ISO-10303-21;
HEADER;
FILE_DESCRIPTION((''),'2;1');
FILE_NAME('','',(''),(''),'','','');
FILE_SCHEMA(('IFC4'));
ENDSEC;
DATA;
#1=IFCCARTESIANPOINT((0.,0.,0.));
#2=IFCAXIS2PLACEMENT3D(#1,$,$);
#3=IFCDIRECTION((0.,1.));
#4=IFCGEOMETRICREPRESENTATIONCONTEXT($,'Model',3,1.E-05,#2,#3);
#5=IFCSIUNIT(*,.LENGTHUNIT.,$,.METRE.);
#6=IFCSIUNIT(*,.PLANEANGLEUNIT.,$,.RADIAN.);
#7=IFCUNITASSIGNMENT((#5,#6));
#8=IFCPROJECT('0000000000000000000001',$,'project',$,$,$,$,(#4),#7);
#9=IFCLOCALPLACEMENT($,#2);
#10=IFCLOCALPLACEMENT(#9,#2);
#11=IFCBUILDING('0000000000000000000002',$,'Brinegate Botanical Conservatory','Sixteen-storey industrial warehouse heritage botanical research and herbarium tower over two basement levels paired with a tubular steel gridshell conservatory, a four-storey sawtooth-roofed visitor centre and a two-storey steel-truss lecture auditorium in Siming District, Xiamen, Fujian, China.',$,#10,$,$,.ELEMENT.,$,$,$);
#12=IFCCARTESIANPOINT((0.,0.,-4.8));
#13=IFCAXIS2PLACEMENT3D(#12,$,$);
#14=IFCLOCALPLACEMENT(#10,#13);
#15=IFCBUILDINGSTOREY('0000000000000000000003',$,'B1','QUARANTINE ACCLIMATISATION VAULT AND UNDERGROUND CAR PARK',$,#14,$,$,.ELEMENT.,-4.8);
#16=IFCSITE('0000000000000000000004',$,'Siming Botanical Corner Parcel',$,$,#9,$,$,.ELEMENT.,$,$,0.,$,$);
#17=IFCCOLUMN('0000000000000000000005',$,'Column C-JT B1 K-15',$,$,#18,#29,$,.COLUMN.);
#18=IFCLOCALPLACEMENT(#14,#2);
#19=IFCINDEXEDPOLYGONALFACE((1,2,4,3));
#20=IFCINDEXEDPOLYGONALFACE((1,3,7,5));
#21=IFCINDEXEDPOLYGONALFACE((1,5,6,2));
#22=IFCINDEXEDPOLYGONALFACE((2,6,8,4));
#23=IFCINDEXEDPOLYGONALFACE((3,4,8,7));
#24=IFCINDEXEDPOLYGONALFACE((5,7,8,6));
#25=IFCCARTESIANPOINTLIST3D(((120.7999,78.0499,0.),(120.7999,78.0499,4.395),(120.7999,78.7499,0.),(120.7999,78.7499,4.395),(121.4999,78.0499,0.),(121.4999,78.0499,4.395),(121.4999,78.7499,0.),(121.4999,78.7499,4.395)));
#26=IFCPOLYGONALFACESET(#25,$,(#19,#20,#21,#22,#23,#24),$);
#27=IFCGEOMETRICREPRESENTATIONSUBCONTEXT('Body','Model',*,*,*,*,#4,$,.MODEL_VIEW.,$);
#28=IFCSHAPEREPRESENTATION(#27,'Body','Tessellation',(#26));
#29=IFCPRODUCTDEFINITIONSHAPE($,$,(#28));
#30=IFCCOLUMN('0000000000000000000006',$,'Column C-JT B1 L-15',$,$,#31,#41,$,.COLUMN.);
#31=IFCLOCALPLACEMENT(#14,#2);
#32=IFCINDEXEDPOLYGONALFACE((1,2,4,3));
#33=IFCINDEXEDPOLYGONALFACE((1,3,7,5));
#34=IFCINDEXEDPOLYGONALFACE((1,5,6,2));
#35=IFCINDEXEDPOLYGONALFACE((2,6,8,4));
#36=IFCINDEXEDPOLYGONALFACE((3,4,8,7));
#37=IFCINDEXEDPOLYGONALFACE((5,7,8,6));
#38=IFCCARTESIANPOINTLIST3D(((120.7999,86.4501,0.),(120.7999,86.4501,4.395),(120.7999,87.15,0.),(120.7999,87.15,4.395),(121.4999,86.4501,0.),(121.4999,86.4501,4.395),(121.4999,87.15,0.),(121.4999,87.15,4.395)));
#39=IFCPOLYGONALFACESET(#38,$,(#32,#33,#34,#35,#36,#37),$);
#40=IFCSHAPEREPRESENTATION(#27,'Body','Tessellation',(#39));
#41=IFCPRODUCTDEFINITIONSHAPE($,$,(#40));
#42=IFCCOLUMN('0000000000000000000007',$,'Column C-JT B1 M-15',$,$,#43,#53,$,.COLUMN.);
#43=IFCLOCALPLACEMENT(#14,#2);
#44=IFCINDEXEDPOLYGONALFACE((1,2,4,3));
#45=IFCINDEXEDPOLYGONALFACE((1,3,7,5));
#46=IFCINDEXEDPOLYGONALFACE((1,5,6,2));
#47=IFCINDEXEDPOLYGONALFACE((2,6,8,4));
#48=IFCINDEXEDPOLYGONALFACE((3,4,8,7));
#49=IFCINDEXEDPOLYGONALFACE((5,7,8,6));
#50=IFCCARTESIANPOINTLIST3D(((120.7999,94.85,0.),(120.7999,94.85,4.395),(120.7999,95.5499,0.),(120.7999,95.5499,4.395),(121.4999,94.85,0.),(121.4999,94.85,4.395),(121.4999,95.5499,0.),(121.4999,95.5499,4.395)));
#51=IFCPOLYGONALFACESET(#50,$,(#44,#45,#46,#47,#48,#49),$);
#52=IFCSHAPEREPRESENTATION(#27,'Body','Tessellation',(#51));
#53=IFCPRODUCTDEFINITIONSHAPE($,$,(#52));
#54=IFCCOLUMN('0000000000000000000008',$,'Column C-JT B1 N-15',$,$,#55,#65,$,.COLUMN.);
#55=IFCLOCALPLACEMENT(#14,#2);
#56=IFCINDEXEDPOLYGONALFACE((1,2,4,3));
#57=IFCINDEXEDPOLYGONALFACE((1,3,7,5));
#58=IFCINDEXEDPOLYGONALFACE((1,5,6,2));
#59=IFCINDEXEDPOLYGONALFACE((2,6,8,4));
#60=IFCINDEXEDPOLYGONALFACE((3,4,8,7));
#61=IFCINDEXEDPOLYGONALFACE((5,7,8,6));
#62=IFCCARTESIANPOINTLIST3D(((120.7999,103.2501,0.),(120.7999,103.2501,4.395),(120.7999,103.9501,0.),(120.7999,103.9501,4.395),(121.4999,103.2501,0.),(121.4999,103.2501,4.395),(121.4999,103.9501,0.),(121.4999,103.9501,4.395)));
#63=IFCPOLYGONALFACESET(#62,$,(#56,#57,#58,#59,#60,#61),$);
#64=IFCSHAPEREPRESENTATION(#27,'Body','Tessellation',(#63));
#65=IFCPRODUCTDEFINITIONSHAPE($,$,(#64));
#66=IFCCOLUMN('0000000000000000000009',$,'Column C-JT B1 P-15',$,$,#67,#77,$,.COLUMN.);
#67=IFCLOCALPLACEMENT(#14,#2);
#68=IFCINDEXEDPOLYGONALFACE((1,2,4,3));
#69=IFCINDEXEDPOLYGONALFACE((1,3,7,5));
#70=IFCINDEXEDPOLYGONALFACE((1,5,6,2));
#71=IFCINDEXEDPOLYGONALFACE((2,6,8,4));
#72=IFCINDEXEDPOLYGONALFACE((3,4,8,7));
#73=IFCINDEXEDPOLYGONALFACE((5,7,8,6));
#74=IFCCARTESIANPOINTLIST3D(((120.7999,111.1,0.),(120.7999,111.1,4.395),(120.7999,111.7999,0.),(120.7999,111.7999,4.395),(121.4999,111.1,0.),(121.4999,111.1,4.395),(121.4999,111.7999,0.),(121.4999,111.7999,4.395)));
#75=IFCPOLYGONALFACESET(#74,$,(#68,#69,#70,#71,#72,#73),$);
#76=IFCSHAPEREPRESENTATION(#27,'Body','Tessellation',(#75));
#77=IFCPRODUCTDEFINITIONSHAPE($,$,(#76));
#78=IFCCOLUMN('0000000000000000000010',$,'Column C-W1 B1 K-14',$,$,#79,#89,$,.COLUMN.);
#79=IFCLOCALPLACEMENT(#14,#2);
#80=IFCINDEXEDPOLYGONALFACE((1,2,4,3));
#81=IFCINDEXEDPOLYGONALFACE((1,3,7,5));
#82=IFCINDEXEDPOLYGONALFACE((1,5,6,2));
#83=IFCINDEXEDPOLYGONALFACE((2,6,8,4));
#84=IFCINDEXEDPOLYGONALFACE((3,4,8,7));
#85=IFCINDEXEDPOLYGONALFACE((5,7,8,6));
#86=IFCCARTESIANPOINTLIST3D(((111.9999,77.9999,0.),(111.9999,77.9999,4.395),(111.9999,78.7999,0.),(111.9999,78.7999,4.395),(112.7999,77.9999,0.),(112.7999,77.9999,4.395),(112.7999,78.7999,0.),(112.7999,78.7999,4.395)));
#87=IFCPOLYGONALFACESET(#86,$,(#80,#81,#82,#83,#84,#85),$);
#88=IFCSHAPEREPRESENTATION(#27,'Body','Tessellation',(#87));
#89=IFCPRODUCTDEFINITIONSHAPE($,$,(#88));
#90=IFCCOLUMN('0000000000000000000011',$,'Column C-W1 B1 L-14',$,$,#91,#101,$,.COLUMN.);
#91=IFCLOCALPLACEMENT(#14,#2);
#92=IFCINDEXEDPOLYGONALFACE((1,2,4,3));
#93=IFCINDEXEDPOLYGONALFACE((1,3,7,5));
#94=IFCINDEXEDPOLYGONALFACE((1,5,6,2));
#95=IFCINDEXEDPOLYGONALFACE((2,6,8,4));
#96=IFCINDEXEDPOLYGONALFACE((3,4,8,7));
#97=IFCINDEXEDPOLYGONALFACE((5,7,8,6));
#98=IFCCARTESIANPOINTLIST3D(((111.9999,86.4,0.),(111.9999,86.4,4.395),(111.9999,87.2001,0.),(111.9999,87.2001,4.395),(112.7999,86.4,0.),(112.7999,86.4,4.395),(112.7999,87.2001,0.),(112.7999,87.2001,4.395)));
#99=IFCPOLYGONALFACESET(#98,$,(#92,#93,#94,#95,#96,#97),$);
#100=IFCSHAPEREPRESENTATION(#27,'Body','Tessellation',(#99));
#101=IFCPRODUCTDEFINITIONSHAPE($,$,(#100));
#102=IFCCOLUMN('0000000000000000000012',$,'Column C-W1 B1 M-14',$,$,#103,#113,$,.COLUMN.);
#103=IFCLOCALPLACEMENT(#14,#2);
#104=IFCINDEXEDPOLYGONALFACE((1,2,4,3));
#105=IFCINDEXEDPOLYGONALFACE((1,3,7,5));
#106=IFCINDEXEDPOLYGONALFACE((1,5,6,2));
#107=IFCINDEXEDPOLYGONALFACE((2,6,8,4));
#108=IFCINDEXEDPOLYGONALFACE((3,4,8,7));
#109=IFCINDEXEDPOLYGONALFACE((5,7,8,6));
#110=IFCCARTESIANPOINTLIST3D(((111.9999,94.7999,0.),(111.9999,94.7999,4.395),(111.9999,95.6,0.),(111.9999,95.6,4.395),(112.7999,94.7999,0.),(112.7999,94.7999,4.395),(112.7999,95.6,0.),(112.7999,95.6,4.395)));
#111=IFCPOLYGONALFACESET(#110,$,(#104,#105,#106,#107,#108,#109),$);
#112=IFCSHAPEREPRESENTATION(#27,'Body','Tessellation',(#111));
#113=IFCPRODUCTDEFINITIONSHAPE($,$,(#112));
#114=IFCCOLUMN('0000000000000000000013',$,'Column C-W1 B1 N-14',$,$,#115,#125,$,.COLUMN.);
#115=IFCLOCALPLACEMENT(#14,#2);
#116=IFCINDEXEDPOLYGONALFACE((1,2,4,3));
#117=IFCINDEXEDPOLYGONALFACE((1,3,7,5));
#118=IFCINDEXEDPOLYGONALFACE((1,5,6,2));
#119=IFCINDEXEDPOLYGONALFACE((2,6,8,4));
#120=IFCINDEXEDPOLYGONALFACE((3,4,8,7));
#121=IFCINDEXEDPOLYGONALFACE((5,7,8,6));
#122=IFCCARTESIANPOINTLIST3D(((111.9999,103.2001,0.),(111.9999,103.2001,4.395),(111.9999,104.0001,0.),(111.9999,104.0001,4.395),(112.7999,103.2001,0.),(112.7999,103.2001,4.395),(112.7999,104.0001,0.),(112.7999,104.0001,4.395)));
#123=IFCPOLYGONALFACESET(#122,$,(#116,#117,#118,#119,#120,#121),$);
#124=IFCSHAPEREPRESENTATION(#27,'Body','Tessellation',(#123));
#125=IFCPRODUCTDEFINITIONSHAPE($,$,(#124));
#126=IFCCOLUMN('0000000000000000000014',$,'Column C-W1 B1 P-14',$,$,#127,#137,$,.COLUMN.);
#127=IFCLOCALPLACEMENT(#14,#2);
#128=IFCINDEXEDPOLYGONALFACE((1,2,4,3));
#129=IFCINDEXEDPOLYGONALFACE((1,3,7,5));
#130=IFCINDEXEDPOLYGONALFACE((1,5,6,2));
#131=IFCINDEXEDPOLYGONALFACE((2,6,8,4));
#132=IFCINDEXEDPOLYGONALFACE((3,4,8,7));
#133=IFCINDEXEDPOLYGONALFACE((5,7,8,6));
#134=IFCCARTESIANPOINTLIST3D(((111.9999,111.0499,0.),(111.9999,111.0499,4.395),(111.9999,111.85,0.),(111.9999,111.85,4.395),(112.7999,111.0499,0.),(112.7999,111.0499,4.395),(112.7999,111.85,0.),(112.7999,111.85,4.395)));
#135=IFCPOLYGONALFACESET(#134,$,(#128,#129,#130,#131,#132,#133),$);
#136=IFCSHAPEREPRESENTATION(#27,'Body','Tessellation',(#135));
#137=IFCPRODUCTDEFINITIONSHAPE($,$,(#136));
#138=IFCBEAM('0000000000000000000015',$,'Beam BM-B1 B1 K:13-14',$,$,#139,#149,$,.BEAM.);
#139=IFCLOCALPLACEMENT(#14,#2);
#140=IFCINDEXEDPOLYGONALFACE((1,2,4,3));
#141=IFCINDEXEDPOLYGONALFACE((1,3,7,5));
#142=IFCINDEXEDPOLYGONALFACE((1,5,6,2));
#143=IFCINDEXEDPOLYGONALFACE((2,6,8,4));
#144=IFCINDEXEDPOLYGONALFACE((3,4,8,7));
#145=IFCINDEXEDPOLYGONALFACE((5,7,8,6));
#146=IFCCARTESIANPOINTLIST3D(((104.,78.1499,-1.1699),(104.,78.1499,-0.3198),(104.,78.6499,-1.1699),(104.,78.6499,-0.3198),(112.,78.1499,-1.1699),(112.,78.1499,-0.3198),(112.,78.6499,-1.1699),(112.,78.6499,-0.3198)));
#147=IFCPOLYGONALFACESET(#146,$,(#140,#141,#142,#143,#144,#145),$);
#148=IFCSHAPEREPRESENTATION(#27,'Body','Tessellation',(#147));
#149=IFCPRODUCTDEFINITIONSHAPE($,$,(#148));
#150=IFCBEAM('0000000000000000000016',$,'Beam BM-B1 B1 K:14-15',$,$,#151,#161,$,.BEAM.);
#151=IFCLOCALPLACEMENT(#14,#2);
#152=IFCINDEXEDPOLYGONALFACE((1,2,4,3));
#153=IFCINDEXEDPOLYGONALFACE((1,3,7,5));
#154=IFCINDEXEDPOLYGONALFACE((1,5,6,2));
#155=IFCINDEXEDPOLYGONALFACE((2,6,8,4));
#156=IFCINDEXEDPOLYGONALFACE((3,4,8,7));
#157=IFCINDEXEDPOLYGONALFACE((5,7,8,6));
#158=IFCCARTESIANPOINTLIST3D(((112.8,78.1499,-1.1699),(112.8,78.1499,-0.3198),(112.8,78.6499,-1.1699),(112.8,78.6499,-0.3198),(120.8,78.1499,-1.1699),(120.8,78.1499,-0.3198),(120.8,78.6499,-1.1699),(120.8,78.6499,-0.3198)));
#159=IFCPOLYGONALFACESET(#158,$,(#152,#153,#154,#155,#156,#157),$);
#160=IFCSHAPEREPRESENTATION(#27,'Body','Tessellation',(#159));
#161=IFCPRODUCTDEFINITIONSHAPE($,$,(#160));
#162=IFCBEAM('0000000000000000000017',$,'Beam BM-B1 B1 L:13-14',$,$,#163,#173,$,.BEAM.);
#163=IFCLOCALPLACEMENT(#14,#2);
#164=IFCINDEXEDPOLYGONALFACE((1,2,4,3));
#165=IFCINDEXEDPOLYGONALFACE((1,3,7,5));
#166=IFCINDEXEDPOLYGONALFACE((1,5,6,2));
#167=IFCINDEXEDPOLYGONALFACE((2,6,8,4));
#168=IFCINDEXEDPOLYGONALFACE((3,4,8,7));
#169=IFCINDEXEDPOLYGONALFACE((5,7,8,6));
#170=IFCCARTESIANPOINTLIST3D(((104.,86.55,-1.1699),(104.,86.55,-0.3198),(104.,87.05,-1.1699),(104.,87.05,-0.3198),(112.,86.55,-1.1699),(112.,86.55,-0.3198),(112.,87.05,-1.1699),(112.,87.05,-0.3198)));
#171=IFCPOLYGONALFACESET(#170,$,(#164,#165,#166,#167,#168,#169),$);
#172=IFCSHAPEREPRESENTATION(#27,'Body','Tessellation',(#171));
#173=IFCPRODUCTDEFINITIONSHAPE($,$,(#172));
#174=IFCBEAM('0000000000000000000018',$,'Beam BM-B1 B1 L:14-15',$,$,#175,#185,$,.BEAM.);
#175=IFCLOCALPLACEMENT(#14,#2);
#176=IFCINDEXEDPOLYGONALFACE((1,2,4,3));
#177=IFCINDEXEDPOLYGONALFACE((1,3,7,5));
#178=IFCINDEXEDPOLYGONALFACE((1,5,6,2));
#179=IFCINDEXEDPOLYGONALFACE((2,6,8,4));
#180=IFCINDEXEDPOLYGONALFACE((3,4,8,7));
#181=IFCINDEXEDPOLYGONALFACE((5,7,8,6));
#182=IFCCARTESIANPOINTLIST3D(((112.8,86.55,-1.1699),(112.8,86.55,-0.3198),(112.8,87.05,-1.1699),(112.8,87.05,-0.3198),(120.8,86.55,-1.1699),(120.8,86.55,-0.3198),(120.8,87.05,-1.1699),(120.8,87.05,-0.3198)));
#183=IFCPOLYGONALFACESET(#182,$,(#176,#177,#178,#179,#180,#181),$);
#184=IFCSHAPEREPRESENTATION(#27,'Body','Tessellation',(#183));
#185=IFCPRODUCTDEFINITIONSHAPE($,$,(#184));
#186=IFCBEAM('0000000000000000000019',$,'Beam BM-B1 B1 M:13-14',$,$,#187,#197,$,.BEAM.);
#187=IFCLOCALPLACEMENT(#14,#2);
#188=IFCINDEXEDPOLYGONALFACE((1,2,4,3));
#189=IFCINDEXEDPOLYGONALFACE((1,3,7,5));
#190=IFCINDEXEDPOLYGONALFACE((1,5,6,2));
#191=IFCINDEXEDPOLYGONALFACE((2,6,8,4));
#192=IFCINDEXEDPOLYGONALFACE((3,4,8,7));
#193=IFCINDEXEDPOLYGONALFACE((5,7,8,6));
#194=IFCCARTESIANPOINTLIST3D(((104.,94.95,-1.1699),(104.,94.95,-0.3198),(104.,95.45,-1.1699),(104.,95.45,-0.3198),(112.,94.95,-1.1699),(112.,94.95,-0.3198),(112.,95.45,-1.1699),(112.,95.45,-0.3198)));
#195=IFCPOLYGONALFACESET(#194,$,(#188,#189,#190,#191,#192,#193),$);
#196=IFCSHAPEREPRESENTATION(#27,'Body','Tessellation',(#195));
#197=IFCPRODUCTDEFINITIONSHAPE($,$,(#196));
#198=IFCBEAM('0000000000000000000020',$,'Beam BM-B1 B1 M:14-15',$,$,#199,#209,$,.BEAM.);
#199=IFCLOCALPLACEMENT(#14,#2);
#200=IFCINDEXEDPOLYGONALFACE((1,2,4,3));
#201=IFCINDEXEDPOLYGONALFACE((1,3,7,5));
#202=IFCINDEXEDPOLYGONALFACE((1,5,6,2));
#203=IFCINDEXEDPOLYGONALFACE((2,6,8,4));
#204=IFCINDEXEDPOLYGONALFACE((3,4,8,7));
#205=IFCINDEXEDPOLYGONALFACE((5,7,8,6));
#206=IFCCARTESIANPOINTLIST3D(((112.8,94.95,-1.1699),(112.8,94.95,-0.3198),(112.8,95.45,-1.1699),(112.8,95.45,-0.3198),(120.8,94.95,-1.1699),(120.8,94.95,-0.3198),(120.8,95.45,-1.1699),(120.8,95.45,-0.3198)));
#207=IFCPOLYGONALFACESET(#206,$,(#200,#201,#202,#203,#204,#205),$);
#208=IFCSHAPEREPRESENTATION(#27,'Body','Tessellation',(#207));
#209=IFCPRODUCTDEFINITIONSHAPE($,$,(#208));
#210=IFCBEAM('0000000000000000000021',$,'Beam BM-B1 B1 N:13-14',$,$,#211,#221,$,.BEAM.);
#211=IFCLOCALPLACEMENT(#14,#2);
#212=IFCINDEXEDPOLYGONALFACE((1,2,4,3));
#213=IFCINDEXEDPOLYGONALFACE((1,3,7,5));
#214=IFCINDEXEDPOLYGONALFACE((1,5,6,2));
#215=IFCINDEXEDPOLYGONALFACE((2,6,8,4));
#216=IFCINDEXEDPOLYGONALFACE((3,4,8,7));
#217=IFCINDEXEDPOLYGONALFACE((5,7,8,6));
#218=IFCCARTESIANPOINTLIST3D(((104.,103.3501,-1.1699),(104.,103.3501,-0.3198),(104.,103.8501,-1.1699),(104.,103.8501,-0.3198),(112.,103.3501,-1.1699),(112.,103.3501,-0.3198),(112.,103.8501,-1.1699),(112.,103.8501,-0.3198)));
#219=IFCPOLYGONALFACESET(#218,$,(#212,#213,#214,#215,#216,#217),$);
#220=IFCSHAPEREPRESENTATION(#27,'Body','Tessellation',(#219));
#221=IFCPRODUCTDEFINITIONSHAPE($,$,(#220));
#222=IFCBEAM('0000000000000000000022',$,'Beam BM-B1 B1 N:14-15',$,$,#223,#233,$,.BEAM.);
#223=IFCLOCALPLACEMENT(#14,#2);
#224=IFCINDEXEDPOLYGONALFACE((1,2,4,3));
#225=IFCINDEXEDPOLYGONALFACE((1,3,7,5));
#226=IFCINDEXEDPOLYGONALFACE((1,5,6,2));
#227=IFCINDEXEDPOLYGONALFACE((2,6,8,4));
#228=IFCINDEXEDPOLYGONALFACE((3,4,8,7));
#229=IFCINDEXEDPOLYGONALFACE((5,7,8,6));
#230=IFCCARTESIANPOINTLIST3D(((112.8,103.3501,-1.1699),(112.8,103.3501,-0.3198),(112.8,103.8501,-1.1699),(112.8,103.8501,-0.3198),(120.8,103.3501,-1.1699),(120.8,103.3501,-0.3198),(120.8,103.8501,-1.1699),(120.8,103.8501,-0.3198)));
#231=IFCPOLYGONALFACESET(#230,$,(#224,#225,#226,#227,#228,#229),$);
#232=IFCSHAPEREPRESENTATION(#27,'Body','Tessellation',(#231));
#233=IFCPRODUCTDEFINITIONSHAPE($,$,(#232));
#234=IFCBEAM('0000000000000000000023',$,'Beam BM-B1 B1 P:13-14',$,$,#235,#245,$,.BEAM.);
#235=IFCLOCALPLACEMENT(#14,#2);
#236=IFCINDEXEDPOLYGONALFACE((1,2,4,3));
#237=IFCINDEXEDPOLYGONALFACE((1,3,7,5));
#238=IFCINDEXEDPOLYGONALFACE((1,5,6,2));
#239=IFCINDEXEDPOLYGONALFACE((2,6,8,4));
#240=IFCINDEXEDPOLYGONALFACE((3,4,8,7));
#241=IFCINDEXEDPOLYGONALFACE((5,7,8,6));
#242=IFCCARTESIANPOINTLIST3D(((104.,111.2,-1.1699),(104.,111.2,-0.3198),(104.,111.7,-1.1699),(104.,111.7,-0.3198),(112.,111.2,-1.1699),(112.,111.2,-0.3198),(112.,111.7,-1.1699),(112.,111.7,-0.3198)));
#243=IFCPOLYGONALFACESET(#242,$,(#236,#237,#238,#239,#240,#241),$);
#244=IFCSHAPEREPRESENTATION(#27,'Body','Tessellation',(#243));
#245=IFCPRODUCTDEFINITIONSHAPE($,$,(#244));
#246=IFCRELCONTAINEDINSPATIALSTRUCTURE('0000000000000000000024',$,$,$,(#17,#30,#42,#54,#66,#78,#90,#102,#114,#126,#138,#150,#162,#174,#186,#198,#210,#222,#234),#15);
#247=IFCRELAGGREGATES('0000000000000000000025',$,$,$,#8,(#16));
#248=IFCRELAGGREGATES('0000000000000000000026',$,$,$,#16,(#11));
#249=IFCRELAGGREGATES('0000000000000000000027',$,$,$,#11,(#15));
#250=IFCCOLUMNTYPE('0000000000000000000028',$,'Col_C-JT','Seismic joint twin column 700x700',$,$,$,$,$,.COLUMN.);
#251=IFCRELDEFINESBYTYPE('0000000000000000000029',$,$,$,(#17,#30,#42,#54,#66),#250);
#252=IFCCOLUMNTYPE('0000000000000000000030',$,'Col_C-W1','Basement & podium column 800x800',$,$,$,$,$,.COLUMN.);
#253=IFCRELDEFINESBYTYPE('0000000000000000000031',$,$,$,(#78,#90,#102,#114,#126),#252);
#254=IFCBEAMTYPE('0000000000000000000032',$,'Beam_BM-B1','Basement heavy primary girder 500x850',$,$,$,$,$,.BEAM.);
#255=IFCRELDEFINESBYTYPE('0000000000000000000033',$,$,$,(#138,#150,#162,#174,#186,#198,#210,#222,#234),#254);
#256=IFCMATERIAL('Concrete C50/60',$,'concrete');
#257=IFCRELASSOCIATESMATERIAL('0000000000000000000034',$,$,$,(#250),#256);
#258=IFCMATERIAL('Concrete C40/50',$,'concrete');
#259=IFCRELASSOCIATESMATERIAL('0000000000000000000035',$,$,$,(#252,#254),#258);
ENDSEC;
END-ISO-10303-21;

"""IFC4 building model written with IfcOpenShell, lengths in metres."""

from ifc_helpers import new_model, si_unit, direction, frame, origin, origin_2d, place, context, subcontext, project, spatial, rectangle, extrude, material, material_profile, profile_set, type_object, element, save


model = new_model("IFC4")

# Units and contexts
model_context = context("Model", 3, precision=1e-05, world=origin(), true_north=direction((0.0, 1.0)))
body_context = subcontext(model_context, "Body", "Model", "MODEL_VIEW")
ifc_project = project(units=[si_unit("LENGTHUNIT", "METRE"), si_unit("PLANEANGLEUNIT", "RADIAN")], contexts=[model_context])

# Site, building, storey
site_placement = place(None, origin())
site = spatial("IfcSite", under=ifc_project, at=site_placement, Name="Siming Botanical Corner Parcel", CompositionType="ELEMENT", RefElevation=0.0)
building_placement = place(site_placement, origin())
building = spatial("IfcBuilding", under=site, at=building_placement, Name="Brinegate Botanical Conservatory", Description="Sixteen-storey industrial warehouse heritage botanical research and herbarium tower over two basement levels paired with a tubular steel gridshell conservatory, a four-storey sawtooth-roofed visitor centre and a two-storey steel-truss lecture auditorium in Siming District, Xiamen, Fujian, China.", CompositionType="ELEMENT")
storey_placement = place(building_placement, frame((0.0, 0.0, -4.8)))
storey = spatial("IfcBuildingStorey", under=building, at=storey_placement, Name="B1", Description="QUARANTINE ACCLIMATISATION VAULT AND UNDERGROUND CAR PARK", CompositionType="ELEMENT", Elevation=-4.8)

# Columns
ifc_material_1 = material(Name="Concrete C50/60", Category="concrete")
ifc_material_profile_1 = material_profile(ifc_material_1, rectangle(XDim=0.7, YDim=0.7, at=origin_2d()), Name="RC COL 700x700")
ifc_profile_set_1 = profile_set([ifc_material_profile_1], Name="Concrete C50/60")
column_type_1 = type_object("IfcColumnType", Name="Col_C-JT", Description="Seismic joint twin column 700x700", PredefinedType="COLUMN", material=ifc_profile_set_1)
for number, where, z_axis, x_axis, name in (
    (1, (121.1499, 78.3999, 0.0), (0.0, 0.0, 1.0), (1.0, 0.0, 0.0), "Column C-JT B1 K-15"),
    (2, (121.1499, 86.8, 0.0), (0.0, 0.0, 1.0), (1.0, 0.0, 0.0), "Column C-JT B1 L-15"),
    (3, (121.1499, 95.2, 0.0), (0.0, 0.0, 1.0), (1.0, 0.0, 0.0), "Column C-JT B1 M-15"),
    (4, (121.1499, 103.6001, 0.0), (0.0, 0.0, 1.0), (1.0, 0.0, 0.0), "Column C-JT B1 N-15"),
    (5, (121.1499, 111.45, 0.0), (0.0, 0.0, 1.0), (1.0, 0.0, 0.0), "Column C-JT B1 P-15"),
):
    element("IfcColumn", number, at=place(storey_placement, frame(where, z_axis=z_axis, x_axis=x_axis)), inside=storey, type_object=column_type_1, Name=name, PredefinedType="COLUMN", context=body_context, shape_type="SweptSolid", body=[
        extrude(rectangle(XDim=0.7, YDim=0.7, at=origin_2d()), origin(), (0.0, 0.0, 1.0), 4.395),
    ])
ifc_material_2 = material(Name="Concrete C40/50", Category="concrete")
ifc_material_profile_2 = material_profile(ifc_material_2, rectangle(XDim=0.8, YDim=0.8, at=origin_2d()), Name="RC COL 800x800")
ifc_profile_set_2 = profile_set([ifc_material_profile_2], Name="Concrete C40/50")
column_type_2 = type_object("IfcColumnType", Name="Col_C-W1", Description="Basement & podium column 800x800", PredefinedType="COLUMN", material=ifc_profile_set_2)
for number, where, z_axis, x_axis, name in (
    (6, (112.3999, 78.3999, 0.0), (0.0, 0.0, 1.0), (1.0, 0.0, 0.0), "Column C-W1 B1 K-14"),
    (7, (112.3999, 86.8, 0.0), (0.0, 0.0, 1.0), (1.0, 0.0, 0.0), "Column C-W1 B1 L-14"),
    (8, (112.3999, 95.2, 0.0), (0.0, 0.0, 1.0), (1.0, 0.0, 0.0), "Column C-W1 B1 M-14"),
    (9, (112.3999, 103.6001, 0.0), (0.0, 0.0, 1.0), (1.0, 0.0, 0.0), "Column C-W1 B1 N-14"),
    (10, (112.3999, 111.45, 0.0), (0.0, 0.0, 1.0), (1.0, 0.0, 0.0), "Column C-W1 B1 P-14"),
):
    element("IfcColumn", number, at=place(storey_placement, frame(where, z_axis=z_axis, x_axis=x_axis)), inside=storey, type_object=column_type_2, Name=name, PredefinedType="COLUMN", context=body_context, shape_type="SweptSolid", body=[
        extrude(rectangle(XDim=0.8, YDim=0.8, at=origin_2d()), origin(), (0.0, 0.0, 1.0), 4.395),
    ])

# Beams
ifc_material_profile_3 = material_profile(ifc_material_2, rectangle(XDim=0.5, YDim=0.8501, at=origin_2d()), Name="RC BM 500x850")
ifc_profile_set_3 = profile_set([ifc_material_profile_3], Name="Concrete C40/50")
beam_type_1 = type_object("IfcBeamType", Name="Beam_BM-B1", Description="Basement heavy primary girder 500x850", PredefinedType="BEAM", material=ifc_profile_set_3)
for number, where, z_axis, x_axis, name in (
    (11, (104.0, 78.3999, -0.7449), (1.0, 0.0, 0.0), (0.0, 1.0, 0.0), "Beam BM-B1 B1 K:13-14"),
    (12, (112.8, 78.3999, -0.7449), (1.0, 0.0, 0.0), (0.0, 1.0, 0.0), "Beam BM-B1 B1 K:14-15"),
    (13, (104.0, 86.8, -0.7449), (1.0, 0.0, 0.0), (0.0, 1.0, 0.0), "Beam BM-B1 B1 L:13-14"),
    (14, (112.8, 86.8, -0.7449), (1.0, 0.0, 0.0), (0.0, 1.0, 0.0), "Beam BM-B1 B1 L:14-15"),
    (15, (104.0, 95.2, -0.7449), (1.0, 0.0, 0.0), (0.0, 1.0, 0.0), "Beam BM-B1 B1 M:13-14"),
    (16, (112.8, 95.2, -0.7449), (1.0, 0.0, 0.0), (0.0, 1.0, 0.0), "Beam BM-B1 B1 M:14-15"),
    (17, (104.0, 103.6001, -0.7449), (1.0, 0.0, 0.0), (0.0, 1.0, 0.0), "Beam BM-B1 B1 N:13-14"),
    (18, (112.8, 103.6001, -0.7449), (1.0, 0.0, 0.0), (0.0, 1.0, 0.0), "Beam BM-B1 B1 N:14-15"),
    (19, (104.0, 111.45, -0.7449), (1.0, 0.0, 0.0), (0.0, 1.0, 0.0), "Beam BM-B1 B1 P:13-14"),
):
    element("IfcBeam", number, at=place(storey_placement, frame(where, z_axis=z_axis, x_axis=x_axis)), inside=storey, type_object=beam_type_1, Name=name, PredefinedType="BEAM", context=body_context, shape_type="SweptSolid", body=[
        extrude(rectangle(XDim=0.5, YDim=0.8501, at=origin_2d()), origin(), (0.0, 0.0, 1.0), 8.0),
    ])

save(model, "model.ifc")
